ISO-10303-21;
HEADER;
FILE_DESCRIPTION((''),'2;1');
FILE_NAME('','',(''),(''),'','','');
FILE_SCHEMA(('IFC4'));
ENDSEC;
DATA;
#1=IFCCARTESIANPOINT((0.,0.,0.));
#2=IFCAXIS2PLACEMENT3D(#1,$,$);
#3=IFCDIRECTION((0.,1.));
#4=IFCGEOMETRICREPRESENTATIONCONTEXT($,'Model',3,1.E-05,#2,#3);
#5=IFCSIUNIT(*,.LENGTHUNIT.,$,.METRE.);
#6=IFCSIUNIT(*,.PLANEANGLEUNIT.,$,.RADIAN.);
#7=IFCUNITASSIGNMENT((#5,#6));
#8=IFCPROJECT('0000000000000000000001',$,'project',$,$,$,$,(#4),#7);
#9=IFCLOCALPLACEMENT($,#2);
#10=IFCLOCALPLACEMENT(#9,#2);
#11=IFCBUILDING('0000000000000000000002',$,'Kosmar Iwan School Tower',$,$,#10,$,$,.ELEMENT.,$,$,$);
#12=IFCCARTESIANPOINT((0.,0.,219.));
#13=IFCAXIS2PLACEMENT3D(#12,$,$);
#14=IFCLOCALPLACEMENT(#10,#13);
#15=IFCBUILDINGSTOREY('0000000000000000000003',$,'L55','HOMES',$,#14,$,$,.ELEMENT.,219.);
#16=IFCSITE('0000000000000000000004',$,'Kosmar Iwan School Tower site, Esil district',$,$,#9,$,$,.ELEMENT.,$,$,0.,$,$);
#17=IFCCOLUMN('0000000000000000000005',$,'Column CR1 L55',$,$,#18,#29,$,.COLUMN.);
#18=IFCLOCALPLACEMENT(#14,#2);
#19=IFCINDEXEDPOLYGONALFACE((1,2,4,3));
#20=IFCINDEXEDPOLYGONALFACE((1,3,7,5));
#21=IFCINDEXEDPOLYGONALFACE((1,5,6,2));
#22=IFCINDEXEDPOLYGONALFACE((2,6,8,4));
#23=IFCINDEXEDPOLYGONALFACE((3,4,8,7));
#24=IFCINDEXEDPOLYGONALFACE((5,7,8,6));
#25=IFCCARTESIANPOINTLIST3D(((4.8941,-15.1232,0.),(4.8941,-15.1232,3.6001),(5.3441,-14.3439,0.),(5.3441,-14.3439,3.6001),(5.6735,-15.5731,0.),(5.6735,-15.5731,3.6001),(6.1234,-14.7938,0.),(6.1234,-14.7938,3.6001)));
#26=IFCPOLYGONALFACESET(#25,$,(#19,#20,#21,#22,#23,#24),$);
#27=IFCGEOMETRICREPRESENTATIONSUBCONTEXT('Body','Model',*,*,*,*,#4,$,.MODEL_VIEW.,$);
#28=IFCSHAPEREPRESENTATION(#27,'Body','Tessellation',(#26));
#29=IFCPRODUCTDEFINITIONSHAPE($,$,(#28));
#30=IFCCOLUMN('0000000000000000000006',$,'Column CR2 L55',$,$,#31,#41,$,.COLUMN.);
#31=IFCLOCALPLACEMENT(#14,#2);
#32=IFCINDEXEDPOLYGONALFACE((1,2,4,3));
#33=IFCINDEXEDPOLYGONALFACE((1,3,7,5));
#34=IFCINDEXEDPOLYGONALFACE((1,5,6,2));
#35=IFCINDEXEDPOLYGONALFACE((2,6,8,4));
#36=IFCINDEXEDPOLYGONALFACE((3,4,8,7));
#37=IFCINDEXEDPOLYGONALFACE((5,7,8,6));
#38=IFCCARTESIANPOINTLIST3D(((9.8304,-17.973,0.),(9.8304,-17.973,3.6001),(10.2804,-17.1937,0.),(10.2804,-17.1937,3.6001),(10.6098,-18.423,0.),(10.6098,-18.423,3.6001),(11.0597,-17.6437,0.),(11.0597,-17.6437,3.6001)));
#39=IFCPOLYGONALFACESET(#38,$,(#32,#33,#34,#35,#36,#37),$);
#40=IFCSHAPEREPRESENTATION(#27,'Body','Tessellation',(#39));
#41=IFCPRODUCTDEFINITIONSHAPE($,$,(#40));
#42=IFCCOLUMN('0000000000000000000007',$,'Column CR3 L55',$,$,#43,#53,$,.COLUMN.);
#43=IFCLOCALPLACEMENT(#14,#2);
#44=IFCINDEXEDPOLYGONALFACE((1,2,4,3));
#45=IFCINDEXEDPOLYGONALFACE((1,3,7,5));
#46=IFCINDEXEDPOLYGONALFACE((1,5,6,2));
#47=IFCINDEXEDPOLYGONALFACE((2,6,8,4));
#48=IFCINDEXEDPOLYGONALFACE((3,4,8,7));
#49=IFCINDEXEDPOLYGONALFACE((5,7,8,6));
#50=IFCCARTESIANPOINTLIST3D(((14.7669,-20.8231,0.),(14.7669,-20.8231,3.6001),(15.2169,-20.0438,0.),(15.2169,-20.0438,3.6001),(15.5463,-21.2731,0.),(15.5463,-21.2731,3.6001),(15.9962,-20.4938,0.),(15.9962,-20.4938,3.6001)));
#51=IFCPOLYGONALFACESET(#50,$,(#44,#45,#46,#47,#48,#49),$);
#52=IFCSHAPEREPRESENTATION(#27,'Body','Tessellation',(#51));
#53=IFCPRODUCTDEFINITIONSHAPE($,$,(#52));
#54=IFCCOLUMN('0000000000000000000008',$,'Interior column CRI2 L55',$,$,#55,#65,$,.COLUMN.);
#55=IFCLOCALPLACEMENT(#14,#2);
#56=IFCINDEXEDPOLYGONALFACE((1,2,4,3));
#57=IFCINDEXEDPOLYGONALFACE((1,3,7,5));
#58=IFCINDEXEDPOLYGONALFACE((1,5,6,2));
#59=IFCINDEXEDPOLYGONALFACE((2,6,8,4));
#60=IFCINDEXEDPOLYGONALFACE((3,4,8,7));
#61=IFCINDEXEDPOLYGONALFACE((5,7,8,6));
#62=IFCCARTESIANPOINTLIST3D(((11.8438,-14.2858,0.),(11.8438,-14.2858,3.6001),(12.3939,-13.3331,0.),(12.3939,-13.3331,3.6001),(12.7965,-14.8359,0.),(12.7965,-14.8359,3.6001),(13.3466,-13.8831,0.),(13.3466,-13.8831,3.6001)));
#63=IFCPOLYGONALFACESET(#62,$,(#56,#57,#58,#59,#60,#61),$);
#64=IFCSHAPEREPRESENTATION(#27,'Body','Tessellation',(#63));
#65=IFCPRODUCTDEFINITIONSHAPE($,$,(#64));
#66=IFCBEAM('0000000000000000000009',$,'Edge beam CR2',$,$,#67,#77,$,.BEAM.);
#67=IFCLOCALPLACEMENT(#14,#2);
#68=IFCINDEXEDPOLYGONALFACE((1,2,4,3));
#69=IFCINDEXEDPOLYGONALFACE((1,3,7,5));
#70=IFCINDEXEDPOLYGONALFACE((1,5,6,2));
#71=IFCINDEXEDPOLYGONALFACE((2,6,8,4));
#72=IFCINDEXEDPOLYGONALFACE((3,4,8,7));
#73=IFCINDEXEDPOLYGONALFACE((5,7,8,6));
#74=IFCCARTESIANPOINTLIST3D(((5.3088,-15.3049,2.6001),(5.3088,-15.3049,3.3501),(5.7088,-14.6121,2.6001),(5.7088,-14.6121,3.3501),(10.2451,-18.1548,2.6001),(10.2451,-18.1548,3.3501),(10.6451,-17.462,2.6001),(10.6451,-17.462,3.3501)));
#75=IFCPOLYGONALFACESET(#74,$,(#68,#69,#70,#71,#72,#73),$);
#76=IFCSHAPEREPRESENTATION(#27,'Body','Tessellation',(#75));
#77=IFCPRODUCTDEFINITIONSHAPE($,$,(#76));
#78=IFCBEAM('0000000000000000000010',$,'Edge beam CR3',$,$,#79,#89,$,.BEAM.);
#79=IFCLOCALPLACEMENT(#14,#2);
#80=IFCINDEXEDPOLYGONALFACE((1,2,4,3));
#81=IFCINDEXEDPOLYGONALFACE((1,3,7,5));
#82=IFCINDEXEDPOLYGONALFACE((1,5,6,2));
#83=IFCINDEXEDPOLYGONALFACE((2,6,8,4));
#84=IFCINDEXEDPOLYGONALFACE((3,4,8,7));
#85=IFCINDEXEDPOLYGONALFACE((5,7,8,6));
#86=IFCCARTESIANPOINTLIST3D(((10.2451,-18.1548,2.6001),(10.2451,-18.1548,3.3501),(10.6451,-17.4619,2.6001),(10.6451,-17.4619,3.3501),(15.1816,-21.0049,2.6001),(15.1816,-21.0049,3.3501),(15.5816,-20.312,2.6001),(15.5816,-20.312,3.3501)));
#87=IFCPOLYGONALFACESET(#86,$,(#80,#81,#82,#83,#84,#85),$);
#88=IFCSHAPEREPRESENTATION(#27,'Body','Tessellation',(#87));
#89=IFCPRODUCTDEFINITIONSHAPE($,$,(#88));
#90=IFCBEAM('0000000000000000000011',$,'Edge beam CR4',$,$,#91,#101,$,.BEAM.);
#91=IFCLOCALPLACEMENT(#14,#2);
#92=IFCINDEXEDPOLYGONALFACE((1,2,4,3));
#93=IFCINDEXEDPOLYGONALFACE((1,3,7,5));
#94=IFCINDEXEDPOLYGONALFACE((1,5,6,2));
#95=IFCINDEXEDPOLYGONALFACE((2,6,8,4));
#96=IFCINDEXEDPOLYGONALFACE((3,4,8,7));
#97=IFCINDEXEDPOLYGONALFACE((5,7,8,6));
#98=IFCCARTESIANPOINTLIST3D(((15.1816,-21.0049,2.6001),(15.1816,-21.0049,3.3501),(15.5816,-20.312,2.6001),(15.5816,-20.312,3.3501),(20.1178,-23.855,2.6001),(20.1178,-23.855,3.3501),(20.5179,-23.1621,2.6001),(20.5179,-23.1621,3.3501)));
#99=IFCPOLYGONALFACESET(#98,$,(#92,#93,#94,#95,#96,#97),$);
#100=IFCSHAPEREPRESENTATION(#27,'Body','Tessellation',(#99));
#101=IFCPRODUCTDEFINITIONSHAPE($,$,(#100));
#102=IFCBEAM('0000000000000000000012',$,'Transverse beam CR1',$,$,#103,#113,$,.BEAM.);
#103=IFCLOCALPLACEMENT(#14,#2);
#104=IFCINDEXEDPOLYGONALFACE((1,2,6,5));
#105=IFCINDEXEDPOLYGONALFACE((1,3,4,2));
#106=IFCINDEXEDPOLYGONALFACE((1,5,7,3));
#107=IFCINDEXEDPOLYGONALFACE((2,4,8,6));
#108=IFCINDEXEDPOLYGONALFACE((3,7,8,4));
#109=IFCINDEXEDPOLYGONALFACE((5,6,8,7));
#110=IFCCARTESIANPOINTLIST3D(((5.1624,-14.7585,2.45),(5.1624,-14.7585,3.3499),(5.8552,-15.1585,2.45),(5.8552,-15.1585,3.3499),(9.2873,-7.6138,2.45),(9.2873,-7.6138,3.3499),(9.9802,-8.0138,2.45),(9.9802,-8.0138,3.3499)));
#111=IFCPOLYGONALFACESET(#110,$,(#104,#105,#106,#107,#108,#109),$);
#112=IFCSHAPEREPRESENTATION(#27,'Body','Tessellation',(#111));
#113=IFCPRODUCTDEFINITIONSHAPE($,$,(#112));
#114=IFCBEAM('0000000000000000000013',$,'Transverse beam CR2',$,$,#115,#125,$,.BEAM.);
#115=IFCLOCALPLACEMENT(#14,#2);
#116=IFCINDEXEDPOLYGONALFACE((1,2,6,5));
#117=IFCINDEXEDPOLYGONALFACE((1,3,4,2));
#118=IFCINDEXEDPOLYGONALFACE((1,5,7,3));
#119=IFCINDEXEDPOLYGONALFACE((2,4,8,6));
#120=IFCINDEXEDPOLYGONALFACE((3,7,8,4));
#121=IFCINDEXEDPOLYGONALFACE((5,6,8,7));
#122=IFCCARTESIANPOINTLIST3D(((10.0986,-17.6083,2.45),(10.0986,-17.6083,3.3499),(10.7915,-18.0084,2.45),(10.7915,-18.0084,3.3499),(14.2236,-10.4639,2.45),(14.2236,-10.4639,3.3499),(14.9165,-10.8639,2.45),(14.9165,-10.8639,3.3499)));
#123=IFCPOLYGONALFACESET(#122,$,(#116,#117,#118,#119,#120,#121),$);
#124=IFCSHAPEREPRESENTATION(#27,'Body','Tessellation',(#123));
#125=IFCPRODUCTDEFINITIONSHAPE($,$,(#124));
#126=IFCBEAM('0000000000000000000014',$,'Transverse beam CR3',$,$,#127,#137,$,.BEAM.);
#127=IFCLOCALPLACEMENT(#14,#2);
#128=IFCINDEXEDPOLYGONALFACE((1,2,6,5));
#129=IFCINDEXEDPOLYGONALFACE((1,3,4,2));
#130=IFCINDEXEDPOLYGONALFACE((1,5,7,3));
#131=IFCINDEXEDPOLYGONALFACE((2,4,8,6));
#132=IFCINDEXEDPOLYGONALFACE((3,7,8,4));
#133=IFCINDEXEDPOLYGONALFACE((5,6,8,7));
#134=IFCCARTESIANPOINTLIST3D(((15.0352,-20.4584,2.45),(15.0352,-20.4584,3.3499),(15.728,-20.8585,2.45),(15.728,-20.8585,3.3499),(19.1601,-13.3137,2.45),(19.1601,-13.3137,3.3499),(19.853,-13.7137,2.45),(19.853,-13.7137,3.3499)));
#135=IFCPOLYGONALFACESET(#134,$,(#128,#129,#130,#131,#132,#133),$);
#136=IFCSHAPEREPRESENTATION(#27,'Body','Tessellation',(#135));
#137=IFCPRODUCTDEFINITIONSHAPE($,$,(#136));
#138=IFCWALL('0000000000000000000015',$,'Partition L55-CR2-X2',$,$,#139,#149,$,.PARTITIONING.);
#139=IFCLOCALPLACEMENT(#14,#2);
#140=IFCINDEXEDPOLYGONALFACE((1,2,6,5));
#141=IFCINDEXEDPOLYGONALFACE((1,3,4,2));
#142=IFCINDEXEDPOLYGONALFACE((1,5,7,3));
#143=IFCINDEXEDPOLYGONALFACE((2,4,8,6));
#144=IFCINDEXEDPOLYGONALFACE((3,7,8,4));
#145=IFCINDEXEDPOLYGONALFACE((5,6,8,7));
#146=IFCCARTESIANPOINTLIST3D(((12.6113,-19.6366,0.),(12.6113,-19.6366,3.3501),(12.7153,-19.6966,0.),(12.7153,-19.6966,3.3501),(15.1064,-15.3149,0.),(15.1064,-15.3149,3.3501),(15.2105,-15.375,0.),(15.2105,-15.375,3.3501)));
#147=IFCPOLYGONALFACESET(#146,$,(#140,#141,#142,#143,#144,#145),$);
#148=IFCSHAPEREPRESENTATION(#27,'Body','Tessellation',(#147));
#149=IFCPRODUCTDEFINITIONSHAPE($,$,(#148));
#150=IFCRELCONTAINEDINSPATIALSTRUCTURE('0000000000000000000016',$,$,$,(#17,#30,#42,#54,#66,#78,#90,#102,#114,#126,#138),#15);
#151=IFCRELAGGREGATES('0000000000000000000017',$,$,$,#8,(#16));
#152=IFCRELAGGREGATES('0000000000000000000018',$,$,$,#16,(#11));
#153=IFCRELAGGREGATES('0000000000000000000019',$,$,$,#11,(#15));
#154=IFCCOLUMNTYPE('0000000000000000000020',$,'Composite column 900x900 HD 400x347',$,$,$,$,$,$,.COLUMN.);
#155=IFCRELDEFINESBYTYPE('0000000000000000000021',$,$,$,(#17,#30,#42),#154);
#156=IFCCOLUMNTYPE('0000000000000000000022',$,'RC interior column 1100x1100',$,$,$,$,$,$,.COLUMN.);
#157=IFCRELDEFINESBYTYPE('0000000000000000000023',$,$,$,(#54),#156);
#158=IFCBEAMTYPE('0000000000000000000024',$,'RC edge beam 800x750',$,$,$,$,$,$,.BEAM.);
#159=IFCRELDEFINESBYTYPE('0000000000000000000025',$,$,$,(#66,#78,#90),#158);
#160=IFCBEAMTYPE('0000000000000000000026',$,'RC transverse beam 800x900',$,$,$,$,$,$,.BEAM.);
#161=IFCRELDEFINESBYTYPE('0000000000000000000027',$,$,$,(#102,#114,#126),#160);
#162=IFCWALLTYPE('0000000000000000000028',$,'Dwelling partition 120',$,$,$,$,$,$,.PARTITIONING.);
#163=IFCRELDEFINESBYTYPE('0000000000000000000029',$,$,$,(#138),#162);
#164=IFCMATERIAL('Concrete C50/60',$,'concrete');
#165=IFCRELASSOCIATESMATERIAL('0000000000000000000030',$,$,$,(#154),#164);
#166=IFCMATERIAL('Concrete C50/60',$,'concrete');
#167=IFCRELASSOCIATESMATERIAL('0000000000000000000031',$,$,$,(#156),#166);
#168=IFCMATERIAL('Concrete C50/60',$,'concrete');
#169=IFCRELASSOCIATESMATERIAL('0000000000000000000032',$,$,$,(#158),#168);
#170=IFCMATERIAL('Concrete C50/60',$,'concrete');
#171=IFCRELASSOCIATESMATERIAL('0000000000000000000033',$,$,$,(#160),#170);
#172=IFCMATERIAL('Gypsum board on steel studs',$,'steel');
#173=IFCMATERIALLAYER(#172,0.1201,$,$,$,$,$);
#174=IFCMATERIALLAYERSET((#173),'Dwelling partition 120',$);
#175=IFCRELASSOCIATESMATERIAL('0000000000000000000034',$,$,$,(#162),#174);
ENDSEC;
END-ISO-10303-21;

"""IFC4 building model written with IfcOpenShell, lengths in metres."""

from ifc_helpers import new_model, si_unit, direction, frame, frame_2d, origin, origin_2d, place, context, subcontext, project, spatial, rectangle, extrude, material, layer, layer_set, material_profile, profile_set, type_object, element, save


model = new_model("IFC4")

# Units and contexts
model_context = context("Model", 3, precision=1e-05, world=origin(), true_north=direction((0.0, 1.0)))
body_context = subcontext(model_context, "Body", "Model", "MODEL_VIEW")
ifc_project = project(units=[si_unit("LENGTHUNIT", "METRE"), si_unit("PLANEANGLEUNIT", "RADIAN")], contexts=[model_context])

# Site, building, storey
site_placement = place(None, origin())
site = spatial("IfcSite", under=ifc_project, at=site_placement, Name="Kosmar Iwan School Tower site, Esil district", CompositionType="ELEMENT", RefElevation=0.0)
building_placement = place(site_placement, origin())
building = spatial("IfcBuilding", under=site, at=building_placement, Name="Kosmar Iwan School Tower", CompositionType="ELEMENT")
storey_placement = place(building_placement, frame((0.0, 0.0, 219.0)))
storey = spatial("IfcBuildingStorey", under=building, at=storey_placement, Name="L55", Description="HOMES", CompositionType="ELEMENT", Elevation=219.0)

# Columns
ifc_material_1 = material(Name="Concrete C50/60", Category="concrete")
ifc_material_profile_1 = material_profile(ifc_material_1, rectangle(XDim=0.8999, YDim=0.8999, at=origin_2d()), Name="RC 900x900 + HD 400x347")
ifc_profile_set_1 = profile_set([ifc_material_profile_1], Name="Concrete C50/60")
column_type_1 = type_object("IfcColumnType", Name="Composite column 900x900 HD 400x347", PredefinedType="COLUMN", material=ifc_profile_set_1)
for number, where, z_axis, x_axis, name in (
    (1, (5.5088, -14.9585, 0.0), (0.0, 0.0, 1.0), (0.866025, -0.5, 0.0), "Column CR1 L55"),
    (2, (10.4451, -17.8083, 0.0), (0.0, 0.0, 1.0), (0.866025, -0.5, 0.0), "Column CR2 L55"),
    (3, (15.3816, -20.6584, 0.0), (0.0, 0.0, 1.0), (0.866025, -0.5, 0.0), "Column CR3 L55"),
):
    element("IfcColumn", number, at=place(storey_placement, frame(where, z_axis=z_axis, x_axis=x_axis)), inside=storey, type_object=column_type_1, Name=name, PredefinedType="COLUMN", context=body_context, shape_type="SweptSolid", body=[
        extrude(rectangle(XDim=0.8999, YDim=0.8999, at=origin_2d()), origin(), (0.0, 0.0, 1.0), 3.6001),
    ])
ifc_material_2 = material(Name="Concrete C50/60", Category="concrete")
ifc_material_profile_2 = material_profile(ifc_material_2, rectangle(XDim=1.1001, YDim=1.1001, at=origin_2d()), Name="RC 1100x1100")
ifc_profile_set_2 = profile_set([ifc_material_profile_2], Name="Concrete C50/60")
column_type_2 = type_object("IfcColumnType", Name="RC interior column 1100x1100", PredefinedType="COLUMN", material=ifc_profile_set_2)
column_placement = place(storey_placement, frame((12.5952, -14.0845, 0.0), z_axis=(0.0, 0.0, 1.0), x_axis=(0.866025, -0.5, 0.0)))
element("IfcColumn", 4, at=column_placement, inside=storey, type_object=column_type_2, Name="Interior column CRI2 L55", PredefinedType="COLUMN", context=body_context, shape_type="SweptSolid", body=[
    extrude(rectangle(XDim=1.1001, YDim=1.1001, at=origin_2d()), origin(), (0.0, 0.0, 1.0), 3.6001),
])

# Beams
ifc_material_3 = material(Name="Concrete C50/60", Category="concrete")
ifc_material_profile_3 = material_profile(ifc_material_3, rectangle(XDim=0.8, YDim=0.75, at=origin_2d()), Name="RC 800x750")
ifc_profile_set_3 = profile_set([ifc_material_profile_3], Name="Concrete C50/60")
beam_type_1 = type_object("IfcBeamType", Name="RC edge beam 800x750", PredefinedType="BEAM", material=ifc_profile_set_3)
beam_1_placement = place(storey_placement, frame((5.5088, -14.9585, 2.9751), z_axis=(0.866034, -0.499986, 0.0), x_axis=(0.499986, 0.866034, 0.0)))
element("IfcBeam", 5, at=beam_1_placement, inside=storey, type_object=beam_type_1, Name="Edge beam CR2", PredefinedType="BEAM", context=body_context, shape_type="SweptSolid", body=[
    extrude(rectangle(XDim=0.8, YDim=0.75, at=origin_2d()), origin(), (0.0, 0.0, 1.0), 5.7),
])
beam_2_placement = place(storey_placement, frame((10.4451, -17.8083, 2.9751), z_axis=(0.866026, -0.499999, 0.0), x_axis=(0.499999, 0.866026, 0.0)))
element("IfcBeam", 6, at=beam_2_placement, inside=storey, type_object=beam_type_1, Name="Edge beam CR3", PredefinedType="BEAM", context=body_context, shape_type="SweptSolid", body=[
    extrude(rectangle(XDim=0.8, YDim=0.75, at=origin_2d()), origin(), (0.0, 0.0, 1.0), 5.7002),
])
beam_3_placement = place(storey_placement, frame((15.3816, -20.6584, 2.9751), z_axis=(0.866015, -0.500018, 0.0), x_axis=(0.500018, 0.866015, 0.0)))
element("IfcBeam", 7, at=beam_3_placement, inside=storey, type_object=beam_type_1, Name="Edge beam CR4", PredefinedType="BEAM", context=body_context, shape_type="SweptSolid", body=[
    extrude(rectangle(XDim=0.8, YDim=0.75, at=origin_2d()), origin(), (0.0, 0.0, 1.0), 5.7),
])
ifc_material_4 = material(Name="Concrete C50/60", Category="concrete")
ifc_material_profile_4 = material_profile(ifc_material_4, rectangle(XDim=0.8, YDim=0.8999, at=origin_2d()), Name="RC 800x900")
ifc_profile_set_4 = profile_set([ifc_material_profile_4], Name="Concrete C50/60")
beam_type_2 = type_object("IfcBeamType", Name="RC transverse beam 800x900", PredefinedType="BEAM", material=ifc_profile_set_4)
beam_4_placement = place(storey_placement, frame((5.5088, -14.9585, 2.8999), z_axis=(0.499997, 0.866027, 0.0), x_axis=(-0.866027, 0.499997, 0.0)))
element("IfcBeam", 8, at=beam_4_placement, inside=storey, type_object=beam_type_2, Name="Transverse beam CR1", PredefinedType="BEAM", context=body_context, shape_type="SweptSolid", body=[
    extrude(rectangle(XDim=0.8, YDim=0.8999, at=origin_2d()), origin(), (0.0, 0.0, 1.0), 8.25),
])
beam_5_placement = place(storey_placement, frame((10.4451, -17.8083, 2.8999), z_axis=(0.500009, 0.86602, 0.0), x_axis=(-0.86602, 0.500009, 0.0)))
element("IfcBeam", 9, at=beam_5_placement, inside=storey, type_object=beam_type_2, Name="Transverse beam CR2", PredefinedType="BEAM", context=body_context, shape_type="SweptSolid", body=[
    extrude(rectangle(XDim=0.8, YDim=0.8999, at=origin_2d()), origin(), (0.0, 0.0, 1.0), 8.2498),
])
beam_6_placement = place(storey_placement, frame((15.3816, -20.6584, 2.8999), z_axis=(0.499997, 0.866027, 0.0), x_axis=(-0.866027, 0.499997, 0.0)))
element("IfcBeam", 10, at=beam_6_placement, inside=storey, type_object=beam_type_2, Name="Transverse beam CR3", PredefinedType="BEAM", context=body_context, shape_type="SweptSolid", body=[
    extrude(rectangle(XDim=0.8, YDim=0.8999, at=origin_2d()), origin(), (0.0, 0.0, 1.0), 8.25),
])

# Wall
ifc_material_5 = material(Name="Gypsum board on steel studs", Category="steel")
ifc_layer = layer(ifc_material_5, 0.1201)
ifc_layer_set = layer_set([ifc_layer], Name="Dwelling partition 120")
wall_type = type_object("IfcWallType", Name="Dwelling partition 120", PredefinedType="PARTITIONING", material=ifc_layer_set)
wall_placement = place(storey_placement, frame((15.1584, -15.345, 0.0), z_axis=(0.0, 0.0, 1.0), x_axis=(-0.500012, -0.866019, 0.0)))
element("IfcWall", 11, at=wall_placement, inside=storey, type_object=wall_type, Name="Partition L55-CR2-X2", PredefinedType="PARTITIONING", context=body_context, shape_type="SweptSolid", body=[
    extrude(rectangle(XDim=4.9902, YDim=0.1201, at=frame_2d((2.4951, 0.0))), origin(), (0.0, 0.0, 1.0), 3.3501),
])

save(model, "model.ifc")
